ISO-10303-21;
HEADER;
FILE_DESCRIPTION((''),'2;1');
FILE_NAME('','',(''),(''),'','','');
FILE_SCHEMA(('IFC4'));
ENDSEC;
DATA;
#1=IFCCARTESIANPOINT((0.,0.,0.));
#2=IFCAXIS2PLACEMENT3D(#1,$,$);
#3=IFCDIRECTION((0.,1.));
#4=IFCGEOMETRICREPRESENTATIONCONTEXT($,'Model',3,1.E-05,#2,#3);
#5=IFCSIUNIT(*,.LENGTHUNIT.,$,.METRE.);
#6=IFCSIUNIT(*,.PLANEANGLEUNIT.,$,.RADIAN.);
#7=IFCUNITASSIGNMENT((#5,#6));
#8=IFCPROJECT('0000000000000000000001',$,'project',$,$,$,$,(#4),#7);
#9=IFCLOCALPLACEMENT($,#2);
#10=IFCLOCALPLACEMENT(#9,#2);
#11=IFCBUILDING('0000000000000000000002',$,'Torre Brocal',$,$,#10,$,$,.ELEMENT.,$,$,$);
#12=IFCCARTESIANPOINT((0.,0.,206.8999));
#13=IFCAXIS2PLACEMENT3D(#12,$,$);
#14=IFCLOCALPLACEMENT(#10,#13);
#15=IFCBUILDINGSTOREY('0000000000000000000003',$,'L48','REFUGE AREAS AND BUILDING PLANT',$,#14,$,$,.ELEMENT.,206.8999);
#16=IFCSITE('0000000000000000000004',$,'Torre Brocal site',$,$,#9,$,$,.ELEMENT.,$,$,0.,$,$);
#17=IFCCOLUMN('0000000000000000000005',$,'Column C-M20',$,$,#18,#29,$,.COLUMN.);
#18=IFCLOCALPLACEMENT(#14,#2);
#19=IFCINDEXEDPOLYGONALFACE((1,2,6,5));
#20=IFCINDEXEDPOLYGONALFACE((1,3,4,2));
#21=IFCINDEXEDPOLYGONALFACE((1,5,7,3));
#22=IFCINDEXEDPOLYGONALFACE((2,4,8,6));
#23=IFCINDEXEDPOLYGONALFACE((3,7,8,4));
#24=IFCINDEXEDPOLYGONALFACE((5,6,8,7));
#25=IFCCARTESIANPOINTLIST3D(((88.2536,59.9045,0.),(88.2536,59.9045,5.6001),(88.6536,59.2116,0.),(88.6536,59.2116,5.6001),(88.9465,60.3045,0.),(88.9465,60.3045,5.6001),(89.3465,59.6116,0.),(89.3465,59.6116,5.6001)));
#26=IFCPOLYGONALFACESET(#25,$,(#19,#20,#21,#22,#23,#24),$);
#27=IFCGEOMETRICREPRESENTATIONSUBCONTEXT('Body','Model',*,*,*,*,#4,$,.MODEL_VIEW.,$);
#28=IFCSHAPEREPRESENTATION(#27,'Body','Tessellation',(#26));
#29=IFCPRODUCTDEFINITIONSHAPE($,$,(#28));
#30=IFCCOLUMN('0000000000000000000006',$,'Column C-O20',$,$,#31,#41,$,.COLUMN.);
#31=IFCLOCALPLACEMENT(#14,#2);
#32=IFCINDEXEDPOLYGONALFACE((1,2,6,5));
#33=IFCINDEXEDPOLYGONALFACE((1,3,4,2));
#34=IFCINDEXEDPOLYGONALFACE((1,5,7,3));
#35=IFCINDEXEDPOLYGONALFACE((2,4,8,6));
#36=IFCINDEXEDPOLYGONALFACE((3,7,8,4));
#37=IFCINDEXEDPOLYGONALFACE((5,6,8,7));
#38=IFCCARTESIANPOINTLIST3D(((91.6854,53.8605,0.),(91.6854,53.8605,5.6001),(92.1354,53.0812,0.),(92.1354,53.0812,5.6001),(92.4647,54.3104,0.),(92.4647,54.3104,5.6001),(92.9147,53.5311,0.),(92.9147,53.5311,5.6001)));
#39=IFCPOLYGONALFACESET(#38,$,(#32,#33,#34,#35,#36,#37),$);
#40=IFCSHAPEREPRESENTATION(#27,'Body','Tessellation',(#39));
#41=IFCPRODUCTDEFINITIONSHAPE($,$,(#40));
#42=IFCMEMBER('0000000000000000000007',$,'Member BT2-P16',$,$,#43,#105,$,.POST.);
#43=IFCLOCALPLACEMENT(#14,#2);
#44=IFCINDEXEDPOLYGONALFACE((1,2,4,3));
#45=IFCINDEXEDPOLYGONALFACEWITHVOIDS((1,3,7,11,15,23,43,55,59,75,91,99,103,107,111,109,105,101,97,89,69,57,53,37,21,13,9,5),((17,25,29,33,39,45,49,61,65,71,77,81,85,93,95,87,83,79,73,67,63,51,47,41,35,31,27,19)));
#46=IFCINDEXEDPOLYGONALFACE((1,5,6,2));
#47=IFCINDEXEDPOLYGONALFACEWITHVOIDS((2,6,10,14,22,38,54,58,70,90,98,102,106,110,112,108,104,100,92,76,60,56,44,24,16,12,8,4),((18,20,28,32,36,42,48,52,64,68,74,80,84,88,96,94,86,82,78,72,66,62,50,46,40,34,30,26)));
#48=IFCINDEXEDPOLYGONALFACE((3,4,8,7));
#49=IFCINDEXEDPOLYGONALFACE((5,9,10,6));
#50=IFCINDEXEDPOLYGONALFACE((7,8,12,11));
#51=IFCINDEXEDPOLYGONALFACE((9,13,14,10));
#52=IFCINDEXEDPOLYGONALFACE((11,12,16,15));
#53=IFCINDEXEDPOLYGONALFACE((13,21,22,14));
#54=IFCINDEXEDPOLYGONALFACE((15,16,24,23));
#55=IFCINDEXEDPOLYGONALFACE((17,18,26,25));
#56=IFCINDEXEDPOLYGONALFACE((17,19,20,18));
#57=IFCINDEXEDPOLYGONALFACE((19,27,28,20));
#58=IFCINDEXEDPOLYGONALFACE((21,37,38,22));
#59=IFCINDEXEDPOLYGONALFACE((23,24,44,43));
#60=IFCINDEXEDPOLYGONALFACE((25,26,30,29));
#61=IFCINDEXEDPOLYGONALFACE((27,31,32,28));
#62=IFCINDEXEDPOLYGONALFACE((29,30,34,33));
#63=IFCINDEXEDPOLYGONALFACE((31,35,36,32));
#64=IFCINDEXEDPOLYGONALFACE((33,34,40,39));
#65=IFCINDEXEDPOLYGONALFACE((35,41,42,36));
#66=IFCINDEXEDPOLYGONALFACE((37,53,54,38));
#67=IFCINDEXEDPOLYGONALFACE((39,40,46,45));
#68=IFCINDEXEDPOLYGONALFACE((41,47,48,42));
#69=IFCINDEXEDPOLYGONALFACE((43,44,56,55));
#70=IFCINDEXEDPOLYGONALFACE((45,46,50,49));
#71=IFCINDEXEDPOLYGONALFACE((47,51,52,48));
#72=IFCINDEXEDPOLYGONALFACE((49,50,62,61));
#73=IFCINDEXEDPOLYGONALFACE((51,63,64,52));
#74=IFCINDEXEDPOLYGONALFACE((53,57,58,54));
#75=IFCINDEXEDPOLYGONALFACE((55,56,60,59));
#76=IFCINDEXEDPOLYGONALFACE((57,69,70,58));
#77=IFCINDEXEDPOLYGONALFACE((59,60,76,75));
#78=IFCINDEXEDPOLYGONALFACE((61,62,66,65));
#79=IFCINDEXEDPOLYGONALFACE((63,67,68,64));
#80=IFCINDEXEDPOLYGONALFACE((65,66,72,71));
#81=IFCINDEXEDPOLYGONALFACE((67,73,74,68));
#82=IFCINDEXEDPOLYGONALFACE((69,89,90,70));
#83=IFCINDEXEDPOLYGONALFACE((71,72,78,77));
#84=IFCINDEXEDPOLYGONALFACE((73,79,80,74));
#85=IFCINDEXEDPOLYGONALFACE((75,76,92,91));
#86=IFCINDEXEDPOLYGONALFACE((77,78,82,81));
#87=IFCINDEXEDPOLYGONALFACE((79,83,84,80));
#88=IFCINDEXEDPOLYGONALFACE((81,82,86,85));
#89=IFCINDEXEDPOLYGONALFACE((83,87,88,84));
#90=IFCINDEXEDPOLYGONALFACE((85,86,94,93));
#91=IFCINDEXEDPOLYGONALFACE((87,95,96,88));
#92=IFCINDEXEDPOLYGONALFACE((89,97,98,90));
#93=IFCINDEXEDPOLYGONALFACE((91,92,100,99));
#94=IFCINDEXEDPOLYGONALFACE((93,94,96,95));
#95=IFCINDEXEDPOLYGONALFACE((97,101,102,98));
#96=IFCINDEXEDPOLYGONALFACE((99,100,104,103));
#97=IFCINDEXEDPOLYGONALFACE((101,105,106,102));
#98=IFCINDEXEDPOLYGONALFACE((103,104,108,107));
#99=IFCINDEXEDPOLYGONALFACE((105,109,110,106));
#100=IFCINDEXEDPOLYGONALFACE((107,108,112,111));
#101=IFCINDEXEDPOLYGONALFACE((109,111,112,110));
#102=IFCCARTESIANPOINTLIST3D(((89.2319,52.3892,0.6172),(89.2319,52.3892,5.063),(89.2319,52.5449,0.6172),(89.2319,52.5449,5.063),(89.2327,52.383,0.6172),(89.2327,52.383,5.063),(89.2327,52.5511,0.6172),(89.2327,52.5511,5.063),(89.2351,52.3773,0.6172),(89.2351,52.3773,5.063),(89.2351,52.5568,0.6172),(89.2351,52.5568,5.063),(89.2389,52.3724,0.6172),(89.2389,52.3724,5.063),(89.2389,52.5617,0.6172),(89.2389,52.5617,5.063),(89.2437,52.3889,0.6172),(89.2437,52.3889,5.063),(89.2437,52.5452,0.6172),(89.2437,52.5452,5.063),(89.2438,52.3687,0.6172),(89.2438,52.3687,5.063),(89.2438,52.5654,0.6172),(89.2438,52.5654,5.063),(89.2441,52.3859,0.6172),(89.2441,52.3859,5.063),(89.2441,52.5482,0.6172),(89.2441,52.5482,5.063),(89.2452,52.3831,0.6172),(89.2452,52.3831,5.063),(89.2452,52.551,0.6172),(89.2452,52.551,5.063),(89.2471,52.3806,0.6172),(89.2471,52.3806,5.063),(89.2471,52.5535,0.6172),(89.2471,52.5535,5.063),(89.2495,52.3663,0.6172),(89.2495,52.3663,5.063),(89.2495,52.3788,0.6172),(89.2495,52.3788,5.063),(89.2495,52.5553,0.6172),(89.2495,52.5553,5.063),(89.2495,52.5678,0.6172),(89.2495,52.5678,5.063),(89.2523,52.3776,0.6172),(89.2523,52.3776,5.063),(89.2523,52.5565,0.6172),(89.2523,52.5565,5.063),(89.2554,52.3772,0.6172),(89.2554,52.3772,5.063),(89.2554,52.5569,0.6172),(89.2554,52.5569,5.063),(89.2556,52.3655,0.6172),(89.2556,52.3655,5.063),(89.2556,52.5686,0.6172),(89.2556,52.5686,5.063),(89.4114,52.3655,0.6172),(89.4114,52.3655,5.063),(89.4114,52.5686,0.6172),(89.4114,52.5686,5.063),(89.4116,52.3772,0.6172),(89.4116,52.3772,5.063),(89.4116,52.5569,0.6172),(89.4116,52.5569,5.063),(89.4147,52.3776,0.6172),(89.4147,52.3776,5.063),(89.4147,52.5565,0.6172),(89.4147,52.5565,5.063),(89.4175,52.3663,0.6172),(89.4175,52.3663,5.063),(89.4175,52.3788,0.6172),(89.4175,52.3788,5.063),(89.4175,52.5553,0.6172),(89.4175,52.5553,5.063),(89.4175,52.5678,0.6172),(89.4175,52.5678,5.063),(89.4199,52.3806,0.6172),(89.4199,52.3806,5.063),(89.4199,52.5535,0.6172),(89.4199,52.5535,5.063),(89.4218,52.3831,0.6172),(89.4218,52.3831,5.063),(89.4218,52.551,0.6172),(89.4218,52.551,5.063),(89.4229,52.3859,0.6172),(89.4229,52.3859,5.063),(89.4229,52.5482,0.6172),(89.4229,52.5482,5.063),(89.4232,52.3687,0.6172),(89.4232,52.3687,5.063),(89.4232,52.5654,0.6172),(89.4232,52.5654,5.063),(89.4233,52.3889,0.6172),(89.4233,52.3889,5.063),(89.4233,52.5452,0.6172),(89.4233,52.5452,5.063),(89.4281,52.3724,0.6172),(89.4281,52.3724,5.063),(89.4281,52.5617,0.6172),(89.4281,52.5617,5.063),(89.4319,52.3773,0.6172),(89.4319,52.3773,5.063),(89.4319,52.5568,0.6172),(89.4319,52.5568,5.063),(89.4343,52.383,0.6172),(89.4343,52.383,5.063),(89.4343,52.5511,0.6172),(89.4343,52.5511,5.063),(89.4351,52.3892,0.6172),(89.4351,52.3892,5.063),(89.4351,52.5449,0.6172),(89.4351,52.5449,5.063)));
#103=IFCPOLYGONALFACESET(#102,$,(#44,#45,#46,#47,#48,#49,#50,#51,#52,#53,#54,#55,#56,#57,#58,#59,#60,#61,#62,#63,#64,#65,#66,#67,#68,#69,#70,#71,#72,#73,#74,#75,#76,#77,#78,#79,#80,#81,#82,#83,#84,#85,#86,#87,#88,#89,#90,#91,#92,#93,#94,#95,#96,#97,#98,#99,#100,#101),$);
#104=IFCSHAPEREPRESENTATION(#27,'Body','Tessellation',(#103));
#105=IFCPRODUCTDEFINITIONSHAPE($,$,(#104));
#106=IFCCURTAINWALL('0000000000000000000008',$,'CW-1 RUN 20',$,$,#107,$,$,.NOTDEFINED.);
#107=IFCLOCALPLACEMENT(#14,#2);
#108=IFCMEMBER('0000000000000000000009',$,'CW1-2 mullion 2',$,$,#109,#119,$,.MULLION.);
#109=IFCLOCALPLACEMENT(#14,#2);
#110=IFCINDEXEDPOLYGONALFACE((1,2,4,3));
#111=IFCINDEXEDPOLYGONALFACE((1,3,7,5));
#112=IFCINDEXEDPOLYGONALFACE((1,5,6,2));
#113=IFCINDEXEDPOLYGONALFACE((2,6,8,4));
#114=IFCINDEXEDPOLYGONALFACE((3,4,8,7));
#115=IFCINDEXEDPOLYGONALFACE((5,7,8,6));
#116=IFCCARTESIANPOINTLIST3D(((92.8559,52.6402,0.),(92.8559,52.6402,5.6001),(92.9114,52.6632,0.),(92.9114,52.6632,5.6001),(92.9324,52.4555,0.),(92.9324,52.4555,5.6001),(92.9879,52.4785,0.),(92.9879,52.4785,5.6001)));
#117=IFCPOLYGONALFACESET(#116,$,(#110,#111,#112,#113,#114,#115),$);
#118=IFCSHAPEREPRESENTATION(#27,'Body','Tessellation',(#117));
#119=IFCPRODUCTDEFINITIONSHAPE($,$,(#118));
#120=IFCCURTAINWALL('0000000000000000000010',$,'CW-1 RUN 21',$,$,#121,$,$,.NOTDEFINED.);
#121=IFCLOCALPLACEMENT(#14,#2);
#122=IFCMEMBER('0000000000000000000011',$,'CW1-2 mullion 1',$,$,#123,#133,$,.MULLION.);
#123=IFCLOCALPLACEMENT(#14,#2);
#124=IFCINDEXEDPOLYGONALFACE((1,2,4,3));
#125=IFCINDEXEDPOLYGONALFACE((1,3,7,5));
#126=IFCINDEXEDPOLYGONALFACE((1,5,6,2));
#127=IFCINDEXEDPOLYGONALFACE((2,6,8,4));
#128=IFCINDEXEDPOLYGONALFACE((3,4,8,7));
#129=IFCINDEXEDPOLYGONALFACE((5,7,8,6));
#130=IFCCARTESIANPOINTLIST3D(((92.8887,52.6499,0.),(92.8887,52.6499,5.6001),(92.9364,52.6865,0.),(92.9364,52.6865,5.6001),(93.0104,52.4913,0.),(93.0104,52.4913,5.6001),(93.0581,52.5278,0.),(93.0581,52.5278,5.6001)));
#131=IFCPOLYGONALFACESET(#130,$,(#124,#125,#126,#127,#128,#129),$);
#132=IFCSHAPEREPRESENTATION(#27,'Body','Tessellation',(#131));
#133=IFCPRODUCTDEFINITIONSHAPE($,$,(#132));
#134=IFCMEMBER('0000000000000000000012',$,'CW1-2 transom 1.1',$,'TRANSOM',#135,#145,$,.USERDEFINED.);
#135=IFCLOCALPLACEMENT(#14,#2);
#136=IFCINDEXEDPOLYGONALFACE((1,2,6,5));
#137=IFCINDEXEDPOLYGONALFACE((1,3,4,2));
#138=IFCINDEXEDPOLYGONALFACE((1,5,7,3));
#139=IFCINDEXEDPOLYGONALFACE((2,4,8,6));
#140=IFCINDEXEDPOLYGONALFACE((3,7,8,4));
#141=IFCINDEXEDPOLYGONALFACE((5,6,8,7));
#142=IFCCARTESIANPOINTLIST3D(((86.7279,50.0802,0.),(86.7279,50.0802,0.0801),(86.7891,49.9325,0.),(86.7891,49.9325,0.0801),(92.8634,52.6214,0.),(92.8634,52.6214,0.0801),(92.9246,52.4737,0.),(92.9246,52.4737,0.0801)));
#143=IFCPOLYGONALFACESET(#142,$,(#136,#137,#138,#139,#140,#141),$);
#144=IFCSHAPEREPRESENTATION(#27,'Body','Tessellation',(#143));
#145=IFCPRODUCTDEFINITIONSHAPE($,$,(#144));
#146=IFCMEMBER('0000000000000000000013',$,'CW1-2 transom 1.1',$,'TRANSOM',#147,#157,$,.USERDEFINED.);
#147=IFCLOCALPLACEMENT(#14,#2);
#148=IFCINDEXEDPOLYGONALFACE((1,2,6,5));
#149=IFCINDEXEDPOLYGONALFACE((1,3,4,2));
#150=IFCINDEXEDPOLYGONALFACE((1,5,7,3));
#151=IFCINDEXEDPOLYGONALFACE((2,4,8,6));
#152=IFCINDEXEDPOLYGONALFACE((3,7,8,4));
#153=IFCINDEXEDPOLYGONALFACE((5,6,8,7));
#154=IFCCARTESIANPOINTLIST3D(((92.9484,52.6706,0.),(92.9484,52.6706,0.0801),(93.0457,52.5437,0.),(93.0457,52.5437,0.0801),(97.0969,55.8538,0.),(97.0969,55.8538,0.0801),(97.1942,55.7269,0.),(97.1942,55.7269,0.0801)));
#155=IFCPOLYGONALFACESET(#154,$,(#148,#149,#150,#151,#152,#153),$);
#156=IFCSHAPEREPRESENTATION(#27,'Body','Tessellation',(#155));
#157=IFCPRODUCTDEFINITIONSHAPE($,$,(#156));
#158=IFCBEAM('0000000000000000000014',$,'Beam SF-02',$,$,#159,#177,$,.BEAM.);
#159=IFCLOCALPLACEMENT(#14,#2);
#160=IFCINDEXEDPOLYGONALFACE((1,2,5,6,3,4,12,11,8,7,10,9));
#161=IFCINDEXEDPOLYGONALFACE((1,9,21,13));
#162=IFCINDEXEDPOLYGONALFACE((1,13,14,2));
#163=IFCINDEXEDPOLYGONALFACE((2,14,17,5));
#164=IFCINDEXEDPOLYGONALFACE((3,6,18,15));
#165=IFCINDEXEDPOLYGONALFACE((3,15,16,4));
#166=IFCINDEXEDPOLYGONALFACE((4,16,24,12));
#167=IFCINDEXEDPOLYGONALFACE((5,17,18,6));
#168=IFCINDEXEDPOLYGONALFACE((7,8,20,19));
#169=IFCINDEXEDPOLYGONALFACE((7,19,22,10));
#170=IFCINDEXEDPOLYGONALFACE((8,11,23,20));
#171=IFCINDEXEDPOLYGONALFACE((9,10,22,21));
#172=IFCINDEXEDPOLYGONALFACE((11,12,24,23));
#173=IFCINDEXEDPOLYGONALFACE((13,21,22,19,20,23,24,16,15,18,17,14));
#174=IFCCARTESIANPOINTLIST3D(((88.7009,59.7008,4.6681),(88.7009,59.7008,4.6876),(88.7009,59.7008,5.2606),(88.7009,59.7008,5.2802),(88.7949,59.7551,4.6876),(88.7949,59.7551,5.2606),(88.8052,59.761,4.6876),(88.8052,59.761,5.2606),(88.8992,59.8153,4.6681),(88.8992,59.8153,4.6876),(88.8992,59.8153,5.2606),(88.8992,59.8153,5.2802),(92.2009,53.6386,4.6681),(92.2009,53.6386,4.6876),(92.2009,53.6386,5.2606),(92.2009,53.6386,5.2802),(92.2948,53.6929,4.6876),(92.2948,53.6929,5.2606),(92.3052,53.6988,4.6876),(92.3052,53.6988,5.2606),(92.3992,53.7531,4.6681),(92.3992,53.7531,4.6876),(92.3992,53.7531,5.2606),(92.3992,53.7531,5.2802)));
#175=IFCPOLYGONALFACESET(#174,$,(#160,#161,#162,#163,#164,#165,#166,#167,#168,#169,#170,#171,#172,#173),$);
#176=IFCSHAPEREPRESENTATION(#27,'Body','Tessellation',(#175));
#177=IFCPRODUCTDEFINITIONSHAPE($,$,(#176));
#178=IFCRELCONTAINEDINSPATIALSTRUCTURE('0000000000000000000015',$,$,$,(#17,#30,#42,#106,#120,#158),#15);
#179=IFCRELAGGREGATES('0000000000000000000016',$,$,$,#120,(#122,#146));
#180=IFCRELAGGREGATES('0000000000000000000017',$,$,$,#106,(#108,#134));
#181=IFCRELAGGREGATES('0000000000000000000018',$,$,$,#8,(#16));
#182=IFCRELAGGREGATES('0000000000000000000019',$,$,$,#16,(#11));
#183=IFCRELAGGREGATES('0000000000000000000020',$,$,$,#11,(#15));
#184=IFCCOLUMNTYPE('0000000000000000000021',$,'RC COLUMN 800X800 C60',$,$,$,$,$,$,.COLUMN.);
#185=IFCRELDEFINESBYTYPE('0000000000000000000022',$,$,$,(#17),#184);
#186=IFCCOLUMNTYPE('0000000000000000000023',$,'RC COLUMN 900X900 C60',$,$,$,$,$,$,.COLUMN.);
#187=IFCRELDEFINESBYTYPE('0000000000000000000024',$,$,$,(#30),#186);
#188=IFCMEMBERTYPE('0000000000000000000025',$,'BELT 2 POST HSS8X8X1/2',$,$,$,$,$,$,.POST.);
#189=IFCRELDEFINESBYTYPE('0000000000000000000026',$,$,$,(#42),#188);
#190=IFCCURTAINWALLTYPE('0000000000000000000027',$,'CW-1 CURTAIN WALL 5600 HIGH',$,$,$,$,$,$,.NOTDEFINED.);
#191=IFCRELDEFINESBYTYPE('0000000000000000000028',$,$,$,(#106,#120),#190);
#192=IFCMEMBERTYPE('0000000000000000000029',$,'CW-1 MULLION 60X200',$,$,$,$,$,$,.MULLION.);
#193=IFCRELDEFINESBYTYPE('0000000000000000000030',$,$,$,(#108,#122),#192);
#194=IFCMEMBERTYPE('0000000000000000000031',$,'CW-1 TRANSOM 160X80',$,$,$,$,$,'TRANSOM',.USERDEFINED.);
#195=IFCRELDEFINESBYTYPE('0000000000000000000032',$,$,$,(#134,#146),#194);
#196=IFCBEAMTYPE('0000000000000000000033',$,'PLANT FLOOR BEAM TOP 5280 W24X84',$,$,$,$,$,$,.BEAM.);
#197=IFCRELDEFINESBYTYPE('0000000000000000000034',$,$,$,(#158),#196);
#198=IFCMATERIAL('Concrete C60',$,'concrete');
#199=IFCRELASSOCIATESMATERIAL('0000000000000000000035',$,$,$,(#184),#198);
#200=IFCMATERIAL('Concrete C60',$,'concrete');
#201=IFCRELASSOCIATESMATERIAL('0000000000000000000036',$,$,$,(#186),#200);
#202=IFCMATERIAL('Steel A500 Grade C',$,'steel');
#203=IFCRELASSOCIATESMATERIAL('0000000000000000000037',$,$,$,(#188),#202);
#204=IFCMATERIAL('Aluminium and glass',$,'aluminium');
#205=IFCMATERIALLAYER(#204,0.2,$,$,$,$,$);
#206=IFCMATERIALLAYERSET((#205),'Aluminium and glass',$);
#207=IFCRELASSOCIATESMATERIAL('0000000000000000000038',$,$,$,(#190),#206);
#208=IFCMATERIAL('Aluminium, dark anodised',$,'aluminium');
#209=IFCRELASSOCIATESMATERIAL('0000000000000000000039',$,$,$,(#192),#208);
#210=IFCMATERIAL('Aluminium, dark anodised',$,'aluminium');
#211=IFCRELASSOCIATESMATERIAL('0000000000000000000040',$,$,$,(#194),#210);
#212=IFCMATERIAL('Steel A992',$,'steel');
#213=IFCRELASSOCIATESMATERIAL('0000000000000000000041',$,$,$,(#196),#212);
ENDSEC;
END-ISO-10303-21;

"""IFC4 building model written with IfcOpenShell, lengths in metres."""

from ifc_helpers import new_model, si_unit, direction, frame, origin, origin_2d, place, context, subcontext, project, spatial, rectangle, hollow_rectangle, i_section, extrude, material, layer, layer_set, material_profile, profile_set, type_object, element, aggregate, save


model = new_model("IFC4")

# Units and contexts
model_context = context("Model", 3, precision=1e-05, world=origin(), true_north=direction((0.0, 1.0)))
body_context = subcontext(model_context, "Body", "Model", "MODEL_VIEW")
ifc_project = project(units=[si_unit("LENGTHUNIT", "METRE"), si_unit("PLANEANGLEUNIT", "RADIAN")], contexts=[model_context])

# Site, building, storey
site_placement = place(None, origin())
site = spatial("IfcSite", under=ifc_project, at=site_placement, Name="Torre Brocal site", CompositionType="ELEMENT", RefElevation=0.0)
building_placement = place(site_placement, origin())
building = spatial("IfcBuilding", under=site, at=building_placement, Name="Torre Brocal", CompositionType="ELEMENT")
storey_placement = place(building_placement, frame((0.0, 0.0, 206.8999)))
storey = spatial("IfcBuildingStorey", under=building, at=storey_placement, Name="L48", Description="REFUGE AREAS AND BUILDING PLANT", CompositionType="ELEMENT", Elevation=206.8999)

# Columns
ifc_material_1 = material(Name="Concrete C60", Category="concrete")
ifc_material_profile_1 = material_profile(ifc_material_1, rectangle(XDim=0.8, YDim=0.8, at=origin_2d()), Name="RC 800X800")
ifc_profile_set_1 = profile_set([ifc_material_profile_1], Name="Concrete C60")
column_type_1 = type_object("IfcColumnType", Name="RC COLUMN 800X800 C60", PredefinedType="COLUMN", material=ifc_profile_set_1)
column_1_placement = place(storey_placement, frame((88.8, 59.7581, 0.0), z_axis=(0.0, 0.0, 1.0), x_axis=(0.5, -0.866025, 0.0)))
element("IfcColumn", 1, at=column_1_placement, inside=storey, type_object=column_type_1, Name="Column C-M20", PredefinedType="COLUMN", context=body_context, shape_type="SweptSolid", body=[
    extrude(rectangle(XDim=0.8, YDim=0.8, at=origin_2d()), origin(), (0.0, 0.0, 1.0), 5.6001),
])
ifc_material_2 = material(Name="Concrete C60", Category="concrete")
ifc_material_profile_2 = material_profile(ifc_material_2, rectangle(XDim=0.8999, YDim=0.8999, at=origin_2d()), Name="RC 900X900")
ifc_profile_set_2 = profile_set([ifc_material_profile_2], Name="Concrete C60")
column_type_2 = type_object("IfcColumnType", Name="RC COLUMN 900X900 C60", PredefinedType="COLUMN", material=ifc_profile_set_2)
column_2_placement = place(storey_placement, frame((92.3, 53.6958, 0.0), z_axis=(0.0, 0.0, 1.0), x_axis=(0.5, -0.866025, 0.0)))
element("IfcColumn", 2, at=column_2_placement, inside=storey, type_object=column_type_2, Name="Column C-O20", PredefinedType="COLUMN", context=body_context, shape_type="SweptSolid", body=[
    extrude(rectangle(XDim=0.8999, YDim=0.8999, at=origin_2d()), origin(), (0.0, 0.0, 1.0), 5.6001),
])

# Member
ifc_material_3 = material(Name="Steel A500 Grade C", Category="steel")
ifc_material_profile_3 = material_profile(ifc_material_3, hollow_rectangle(XDim=0.2031, YDim=0.2031, WallThickness=0.0117, InnerFilletRadius=0.0117, OuterFilletRadius=0.0237, at=origin_2d()), Name="HSS8X8X1/2")
ifc_profile_set_3 = profile_set([ifc_material_profile_3], Name="Steel A500 Grade C")
member_type_1 = type_object("IfcMemberType", Name="BELT 2 POST HSS8X8X1/2", PredefinedType="POST", material=ifc_profile_set_3)
member_1_placement = place(storey_placement, frame((89.3335, 52.467, 0.6172), z_axis=(0.0, 0.0, 1.0), x_axis=(1.0, 0.0, 0.0)))
element("IfcMember", 3, at=member_1_placement, inside=storey, type_object=member_type_1, Name="Member BT2-P16", PredefinedType="POST", context=body_context, shape_type="SweptSolid", body=[
    extrude(hollow_rectangle(XDim=0.2031, YDim=0.2031, WallThickness=0.0117, InnerFilletRadius=0.0117, OuterFilletRadius=0.0237, at=origin_2d()), origin(), (0.0, 0.0, 1.0), 4.4458),
])

# Curtain walls, members
ifc_material_4 = material(Name="Aluminium and glass", Category="aluminium")
ifc_layer_1 = layer(ifc_material_4, 0.2)
ifc_layer_set_1 = layer_set([ifc_layer_1], Name="Aluminium and glass")
curtain_wall_type = type_object("IfcCurtainWallType", Name="CW-1 CURTAIN WALL 5600 HIGH", PredefinedType="NOTDEFINED", material=ifc_layer_set_1)
curtain_wall_1_placement = place(storey_placement, origin())
curtain_wall_1 = element("IfcCurtainWall", 4, at=curtain_wall_1_placement, inside=storey, type_object=curtain_wall_type, Name="CW-1 RUN 20", PredefinedType="NOTDEFINED")
ifc_material_5 = material(Name="Aluminium, dark anodised", Category="aluminium")
ifc_material_profile_4 = material_profile(ifc_material_5, rectangle(XDim=0.2, YDim=0.0601, at=origin_2d()), Name="CW-1 MULLION 60X200")
ifc_profile_set_4 = profile_set([ifc_material_profile_4], Name="Aluminium, dark anodised")
member_type_2 = type_object("IfcMemberType", Name="CW-1 MULLION 60X200", PredefinedType="MULLION", material=ifc_profile_set_4)
member_2_placement = place(storey_placement, frame((92.9219, 52.5593, 0.0), z_axis=(0.0, 0.0, 1.0), x_axis=(-0.382683, 0.92388, 0.0)))
member_2 = element("IfcMember", 5, at=member_2_placement, type_object=member_type_2, Name="CW1-2 mullion 2", PredefinedType="MULLION", context=body_context, shape_type="SweptSolid", body=[
    extrude(rectangle(XDim=0.2, YDim=0.0601, at=origin_2d()), origin(), (0.0, 0.0, 1.0), 5.6001),
])
curtain_wall_2_placement = place(storey_placement, origin())
curtain_wall_2 = element("IfcCurtainWall", 6, at=curtain_wall_2_placement, inside=storey, type_object=curtain_wall_type, Name="CW-1 RUN 21", PredefinedType="NOTDEFINED")
member_3_placement = place(storey_placement, frame((92.9734, 52.5889, 0.0), z_axis=(0.0, 0.0, 1.0), x_axis=(-0.608761, 0.793353, 0.0)))
member_3 = element("IfcMember", 7, at=member_3_placement, type_object=member_type_2, Name="CW1-2 mullion 1", PredefinedType="MULLION", context=body_context, shape_type="SweptSolid", body=[
    extrude(rectangle(XDim=0.2, YDim=0.0601, at=origin_2d()), origin(), (0.0, 0.0, 1.0), 5.6001),
])

# Members
ifc_material_6 = material(Name="Aluminium, dark anodised", Category="aluminium")
ifc_material_profile_5 = material_profile(ifc_material_6, rectangle(XDim=0.1599, YDim=0.0801, at=origin_2d()), Name="CW-1 TRANSOM 160X80")
ifc_profile_set_5 = profile_set([ifc_material_profile_5], Name="Aluminium, dark anodised")
member_type_3 = type_object("IfcMemberType", Name="CW-1 TRANSOM 160X80", ElementType="TRANSOM", PredefinedType="USERDEFINED", material=ifc_profile_set_5)
member_4_placement = place(storey_placement, frame((86.7585, 50.0063, 0.04), z_axis=(0.923887, 0.382665, 0.0), x_axis=(-0.382665, 0.923887, 0.0)))
member_4 = element("IfcMember", 8, at=member_4_placement, type_object=member_type_3, Name="CW1-2 transom 1.1", ObjectType="TRANSOM", PredefinedType="USERDEFINED", context=body_context, shape_type="SweptSolid", body=[
    extrude(rectangle(XDim=0.1599, YDim=0.0801, at=origin_2d()), origin(), (0.0, 0.0, 1.0), 6.6409),
])
member_5_placement = place(storey_placement, frame((92.9971, 52.6072, 0.04), z_axis=(0.793363, 0.608749, 0.0), x_axis=(-0.608749, 0.793363, 0.0)))
member_5 = element("IfcMember", 9, at=member_5_placement, type_object=member_type_3, Name="CW1-2 transom 1.1", ObjectType="TRANSOM", PredefinedType="USERDEFINED", context=body_context, shape_type="SweptSolid", body=[
    extrude(rectangle(XDim=0.1599, YDim=0.0801, at=origin_2d()), origin(), (0.0, 0.0, 1.0), 5.229),
])
aggregate(curtain_wall_2, [member_3, member_5])

# Beam
ifc_material_7 = material(Name="Steel A992", Category="steel")
ifc_material_profile_6 = material_profile(ifc_material_7, i_section(OverallWidth=0.229, OverallDepth=0.6121, WebThickness=0.012, FlangeThickness=0.0195, at=origin_2d()), Name="W24X84")
ifc_profile_set_6 = profile_set([ifc_material_profile_6], Name="Steel A992")
beam_type_1 = type_object("IfcBeamType", Name="PLANT FLOOR BEAM TOP 5280 W24X84", PredefinedType="BEAM", material=ifc_profile_set_6)
beam_1_placement = place(storey_placement, frame((88.8, 59.7581, 4.9741), z_axis=(0.499995, -0.866028, 0.0), x_axis=(0.866028, 0.499995, 0.0)))
element("IfcBeam", 10, at=beam_1_placement, inside=storey, type_object=beam_type_1, Name="Beam SF-02", PredefinedType="BEAM", context=body_context, shape_type="SweptSolid", body=[
    extrude(i_section(OverallWidth=0.229, OverallDepth=0.6121, WebThickness=0.012, FlangeThickness=0.0195, at=origin_2d()), origin(), (0.0, 0.0, 1.0), 7.0),
])

aggregate(curtain_wall_1, [member_2, member_4])

save(model, "model.ifc")
